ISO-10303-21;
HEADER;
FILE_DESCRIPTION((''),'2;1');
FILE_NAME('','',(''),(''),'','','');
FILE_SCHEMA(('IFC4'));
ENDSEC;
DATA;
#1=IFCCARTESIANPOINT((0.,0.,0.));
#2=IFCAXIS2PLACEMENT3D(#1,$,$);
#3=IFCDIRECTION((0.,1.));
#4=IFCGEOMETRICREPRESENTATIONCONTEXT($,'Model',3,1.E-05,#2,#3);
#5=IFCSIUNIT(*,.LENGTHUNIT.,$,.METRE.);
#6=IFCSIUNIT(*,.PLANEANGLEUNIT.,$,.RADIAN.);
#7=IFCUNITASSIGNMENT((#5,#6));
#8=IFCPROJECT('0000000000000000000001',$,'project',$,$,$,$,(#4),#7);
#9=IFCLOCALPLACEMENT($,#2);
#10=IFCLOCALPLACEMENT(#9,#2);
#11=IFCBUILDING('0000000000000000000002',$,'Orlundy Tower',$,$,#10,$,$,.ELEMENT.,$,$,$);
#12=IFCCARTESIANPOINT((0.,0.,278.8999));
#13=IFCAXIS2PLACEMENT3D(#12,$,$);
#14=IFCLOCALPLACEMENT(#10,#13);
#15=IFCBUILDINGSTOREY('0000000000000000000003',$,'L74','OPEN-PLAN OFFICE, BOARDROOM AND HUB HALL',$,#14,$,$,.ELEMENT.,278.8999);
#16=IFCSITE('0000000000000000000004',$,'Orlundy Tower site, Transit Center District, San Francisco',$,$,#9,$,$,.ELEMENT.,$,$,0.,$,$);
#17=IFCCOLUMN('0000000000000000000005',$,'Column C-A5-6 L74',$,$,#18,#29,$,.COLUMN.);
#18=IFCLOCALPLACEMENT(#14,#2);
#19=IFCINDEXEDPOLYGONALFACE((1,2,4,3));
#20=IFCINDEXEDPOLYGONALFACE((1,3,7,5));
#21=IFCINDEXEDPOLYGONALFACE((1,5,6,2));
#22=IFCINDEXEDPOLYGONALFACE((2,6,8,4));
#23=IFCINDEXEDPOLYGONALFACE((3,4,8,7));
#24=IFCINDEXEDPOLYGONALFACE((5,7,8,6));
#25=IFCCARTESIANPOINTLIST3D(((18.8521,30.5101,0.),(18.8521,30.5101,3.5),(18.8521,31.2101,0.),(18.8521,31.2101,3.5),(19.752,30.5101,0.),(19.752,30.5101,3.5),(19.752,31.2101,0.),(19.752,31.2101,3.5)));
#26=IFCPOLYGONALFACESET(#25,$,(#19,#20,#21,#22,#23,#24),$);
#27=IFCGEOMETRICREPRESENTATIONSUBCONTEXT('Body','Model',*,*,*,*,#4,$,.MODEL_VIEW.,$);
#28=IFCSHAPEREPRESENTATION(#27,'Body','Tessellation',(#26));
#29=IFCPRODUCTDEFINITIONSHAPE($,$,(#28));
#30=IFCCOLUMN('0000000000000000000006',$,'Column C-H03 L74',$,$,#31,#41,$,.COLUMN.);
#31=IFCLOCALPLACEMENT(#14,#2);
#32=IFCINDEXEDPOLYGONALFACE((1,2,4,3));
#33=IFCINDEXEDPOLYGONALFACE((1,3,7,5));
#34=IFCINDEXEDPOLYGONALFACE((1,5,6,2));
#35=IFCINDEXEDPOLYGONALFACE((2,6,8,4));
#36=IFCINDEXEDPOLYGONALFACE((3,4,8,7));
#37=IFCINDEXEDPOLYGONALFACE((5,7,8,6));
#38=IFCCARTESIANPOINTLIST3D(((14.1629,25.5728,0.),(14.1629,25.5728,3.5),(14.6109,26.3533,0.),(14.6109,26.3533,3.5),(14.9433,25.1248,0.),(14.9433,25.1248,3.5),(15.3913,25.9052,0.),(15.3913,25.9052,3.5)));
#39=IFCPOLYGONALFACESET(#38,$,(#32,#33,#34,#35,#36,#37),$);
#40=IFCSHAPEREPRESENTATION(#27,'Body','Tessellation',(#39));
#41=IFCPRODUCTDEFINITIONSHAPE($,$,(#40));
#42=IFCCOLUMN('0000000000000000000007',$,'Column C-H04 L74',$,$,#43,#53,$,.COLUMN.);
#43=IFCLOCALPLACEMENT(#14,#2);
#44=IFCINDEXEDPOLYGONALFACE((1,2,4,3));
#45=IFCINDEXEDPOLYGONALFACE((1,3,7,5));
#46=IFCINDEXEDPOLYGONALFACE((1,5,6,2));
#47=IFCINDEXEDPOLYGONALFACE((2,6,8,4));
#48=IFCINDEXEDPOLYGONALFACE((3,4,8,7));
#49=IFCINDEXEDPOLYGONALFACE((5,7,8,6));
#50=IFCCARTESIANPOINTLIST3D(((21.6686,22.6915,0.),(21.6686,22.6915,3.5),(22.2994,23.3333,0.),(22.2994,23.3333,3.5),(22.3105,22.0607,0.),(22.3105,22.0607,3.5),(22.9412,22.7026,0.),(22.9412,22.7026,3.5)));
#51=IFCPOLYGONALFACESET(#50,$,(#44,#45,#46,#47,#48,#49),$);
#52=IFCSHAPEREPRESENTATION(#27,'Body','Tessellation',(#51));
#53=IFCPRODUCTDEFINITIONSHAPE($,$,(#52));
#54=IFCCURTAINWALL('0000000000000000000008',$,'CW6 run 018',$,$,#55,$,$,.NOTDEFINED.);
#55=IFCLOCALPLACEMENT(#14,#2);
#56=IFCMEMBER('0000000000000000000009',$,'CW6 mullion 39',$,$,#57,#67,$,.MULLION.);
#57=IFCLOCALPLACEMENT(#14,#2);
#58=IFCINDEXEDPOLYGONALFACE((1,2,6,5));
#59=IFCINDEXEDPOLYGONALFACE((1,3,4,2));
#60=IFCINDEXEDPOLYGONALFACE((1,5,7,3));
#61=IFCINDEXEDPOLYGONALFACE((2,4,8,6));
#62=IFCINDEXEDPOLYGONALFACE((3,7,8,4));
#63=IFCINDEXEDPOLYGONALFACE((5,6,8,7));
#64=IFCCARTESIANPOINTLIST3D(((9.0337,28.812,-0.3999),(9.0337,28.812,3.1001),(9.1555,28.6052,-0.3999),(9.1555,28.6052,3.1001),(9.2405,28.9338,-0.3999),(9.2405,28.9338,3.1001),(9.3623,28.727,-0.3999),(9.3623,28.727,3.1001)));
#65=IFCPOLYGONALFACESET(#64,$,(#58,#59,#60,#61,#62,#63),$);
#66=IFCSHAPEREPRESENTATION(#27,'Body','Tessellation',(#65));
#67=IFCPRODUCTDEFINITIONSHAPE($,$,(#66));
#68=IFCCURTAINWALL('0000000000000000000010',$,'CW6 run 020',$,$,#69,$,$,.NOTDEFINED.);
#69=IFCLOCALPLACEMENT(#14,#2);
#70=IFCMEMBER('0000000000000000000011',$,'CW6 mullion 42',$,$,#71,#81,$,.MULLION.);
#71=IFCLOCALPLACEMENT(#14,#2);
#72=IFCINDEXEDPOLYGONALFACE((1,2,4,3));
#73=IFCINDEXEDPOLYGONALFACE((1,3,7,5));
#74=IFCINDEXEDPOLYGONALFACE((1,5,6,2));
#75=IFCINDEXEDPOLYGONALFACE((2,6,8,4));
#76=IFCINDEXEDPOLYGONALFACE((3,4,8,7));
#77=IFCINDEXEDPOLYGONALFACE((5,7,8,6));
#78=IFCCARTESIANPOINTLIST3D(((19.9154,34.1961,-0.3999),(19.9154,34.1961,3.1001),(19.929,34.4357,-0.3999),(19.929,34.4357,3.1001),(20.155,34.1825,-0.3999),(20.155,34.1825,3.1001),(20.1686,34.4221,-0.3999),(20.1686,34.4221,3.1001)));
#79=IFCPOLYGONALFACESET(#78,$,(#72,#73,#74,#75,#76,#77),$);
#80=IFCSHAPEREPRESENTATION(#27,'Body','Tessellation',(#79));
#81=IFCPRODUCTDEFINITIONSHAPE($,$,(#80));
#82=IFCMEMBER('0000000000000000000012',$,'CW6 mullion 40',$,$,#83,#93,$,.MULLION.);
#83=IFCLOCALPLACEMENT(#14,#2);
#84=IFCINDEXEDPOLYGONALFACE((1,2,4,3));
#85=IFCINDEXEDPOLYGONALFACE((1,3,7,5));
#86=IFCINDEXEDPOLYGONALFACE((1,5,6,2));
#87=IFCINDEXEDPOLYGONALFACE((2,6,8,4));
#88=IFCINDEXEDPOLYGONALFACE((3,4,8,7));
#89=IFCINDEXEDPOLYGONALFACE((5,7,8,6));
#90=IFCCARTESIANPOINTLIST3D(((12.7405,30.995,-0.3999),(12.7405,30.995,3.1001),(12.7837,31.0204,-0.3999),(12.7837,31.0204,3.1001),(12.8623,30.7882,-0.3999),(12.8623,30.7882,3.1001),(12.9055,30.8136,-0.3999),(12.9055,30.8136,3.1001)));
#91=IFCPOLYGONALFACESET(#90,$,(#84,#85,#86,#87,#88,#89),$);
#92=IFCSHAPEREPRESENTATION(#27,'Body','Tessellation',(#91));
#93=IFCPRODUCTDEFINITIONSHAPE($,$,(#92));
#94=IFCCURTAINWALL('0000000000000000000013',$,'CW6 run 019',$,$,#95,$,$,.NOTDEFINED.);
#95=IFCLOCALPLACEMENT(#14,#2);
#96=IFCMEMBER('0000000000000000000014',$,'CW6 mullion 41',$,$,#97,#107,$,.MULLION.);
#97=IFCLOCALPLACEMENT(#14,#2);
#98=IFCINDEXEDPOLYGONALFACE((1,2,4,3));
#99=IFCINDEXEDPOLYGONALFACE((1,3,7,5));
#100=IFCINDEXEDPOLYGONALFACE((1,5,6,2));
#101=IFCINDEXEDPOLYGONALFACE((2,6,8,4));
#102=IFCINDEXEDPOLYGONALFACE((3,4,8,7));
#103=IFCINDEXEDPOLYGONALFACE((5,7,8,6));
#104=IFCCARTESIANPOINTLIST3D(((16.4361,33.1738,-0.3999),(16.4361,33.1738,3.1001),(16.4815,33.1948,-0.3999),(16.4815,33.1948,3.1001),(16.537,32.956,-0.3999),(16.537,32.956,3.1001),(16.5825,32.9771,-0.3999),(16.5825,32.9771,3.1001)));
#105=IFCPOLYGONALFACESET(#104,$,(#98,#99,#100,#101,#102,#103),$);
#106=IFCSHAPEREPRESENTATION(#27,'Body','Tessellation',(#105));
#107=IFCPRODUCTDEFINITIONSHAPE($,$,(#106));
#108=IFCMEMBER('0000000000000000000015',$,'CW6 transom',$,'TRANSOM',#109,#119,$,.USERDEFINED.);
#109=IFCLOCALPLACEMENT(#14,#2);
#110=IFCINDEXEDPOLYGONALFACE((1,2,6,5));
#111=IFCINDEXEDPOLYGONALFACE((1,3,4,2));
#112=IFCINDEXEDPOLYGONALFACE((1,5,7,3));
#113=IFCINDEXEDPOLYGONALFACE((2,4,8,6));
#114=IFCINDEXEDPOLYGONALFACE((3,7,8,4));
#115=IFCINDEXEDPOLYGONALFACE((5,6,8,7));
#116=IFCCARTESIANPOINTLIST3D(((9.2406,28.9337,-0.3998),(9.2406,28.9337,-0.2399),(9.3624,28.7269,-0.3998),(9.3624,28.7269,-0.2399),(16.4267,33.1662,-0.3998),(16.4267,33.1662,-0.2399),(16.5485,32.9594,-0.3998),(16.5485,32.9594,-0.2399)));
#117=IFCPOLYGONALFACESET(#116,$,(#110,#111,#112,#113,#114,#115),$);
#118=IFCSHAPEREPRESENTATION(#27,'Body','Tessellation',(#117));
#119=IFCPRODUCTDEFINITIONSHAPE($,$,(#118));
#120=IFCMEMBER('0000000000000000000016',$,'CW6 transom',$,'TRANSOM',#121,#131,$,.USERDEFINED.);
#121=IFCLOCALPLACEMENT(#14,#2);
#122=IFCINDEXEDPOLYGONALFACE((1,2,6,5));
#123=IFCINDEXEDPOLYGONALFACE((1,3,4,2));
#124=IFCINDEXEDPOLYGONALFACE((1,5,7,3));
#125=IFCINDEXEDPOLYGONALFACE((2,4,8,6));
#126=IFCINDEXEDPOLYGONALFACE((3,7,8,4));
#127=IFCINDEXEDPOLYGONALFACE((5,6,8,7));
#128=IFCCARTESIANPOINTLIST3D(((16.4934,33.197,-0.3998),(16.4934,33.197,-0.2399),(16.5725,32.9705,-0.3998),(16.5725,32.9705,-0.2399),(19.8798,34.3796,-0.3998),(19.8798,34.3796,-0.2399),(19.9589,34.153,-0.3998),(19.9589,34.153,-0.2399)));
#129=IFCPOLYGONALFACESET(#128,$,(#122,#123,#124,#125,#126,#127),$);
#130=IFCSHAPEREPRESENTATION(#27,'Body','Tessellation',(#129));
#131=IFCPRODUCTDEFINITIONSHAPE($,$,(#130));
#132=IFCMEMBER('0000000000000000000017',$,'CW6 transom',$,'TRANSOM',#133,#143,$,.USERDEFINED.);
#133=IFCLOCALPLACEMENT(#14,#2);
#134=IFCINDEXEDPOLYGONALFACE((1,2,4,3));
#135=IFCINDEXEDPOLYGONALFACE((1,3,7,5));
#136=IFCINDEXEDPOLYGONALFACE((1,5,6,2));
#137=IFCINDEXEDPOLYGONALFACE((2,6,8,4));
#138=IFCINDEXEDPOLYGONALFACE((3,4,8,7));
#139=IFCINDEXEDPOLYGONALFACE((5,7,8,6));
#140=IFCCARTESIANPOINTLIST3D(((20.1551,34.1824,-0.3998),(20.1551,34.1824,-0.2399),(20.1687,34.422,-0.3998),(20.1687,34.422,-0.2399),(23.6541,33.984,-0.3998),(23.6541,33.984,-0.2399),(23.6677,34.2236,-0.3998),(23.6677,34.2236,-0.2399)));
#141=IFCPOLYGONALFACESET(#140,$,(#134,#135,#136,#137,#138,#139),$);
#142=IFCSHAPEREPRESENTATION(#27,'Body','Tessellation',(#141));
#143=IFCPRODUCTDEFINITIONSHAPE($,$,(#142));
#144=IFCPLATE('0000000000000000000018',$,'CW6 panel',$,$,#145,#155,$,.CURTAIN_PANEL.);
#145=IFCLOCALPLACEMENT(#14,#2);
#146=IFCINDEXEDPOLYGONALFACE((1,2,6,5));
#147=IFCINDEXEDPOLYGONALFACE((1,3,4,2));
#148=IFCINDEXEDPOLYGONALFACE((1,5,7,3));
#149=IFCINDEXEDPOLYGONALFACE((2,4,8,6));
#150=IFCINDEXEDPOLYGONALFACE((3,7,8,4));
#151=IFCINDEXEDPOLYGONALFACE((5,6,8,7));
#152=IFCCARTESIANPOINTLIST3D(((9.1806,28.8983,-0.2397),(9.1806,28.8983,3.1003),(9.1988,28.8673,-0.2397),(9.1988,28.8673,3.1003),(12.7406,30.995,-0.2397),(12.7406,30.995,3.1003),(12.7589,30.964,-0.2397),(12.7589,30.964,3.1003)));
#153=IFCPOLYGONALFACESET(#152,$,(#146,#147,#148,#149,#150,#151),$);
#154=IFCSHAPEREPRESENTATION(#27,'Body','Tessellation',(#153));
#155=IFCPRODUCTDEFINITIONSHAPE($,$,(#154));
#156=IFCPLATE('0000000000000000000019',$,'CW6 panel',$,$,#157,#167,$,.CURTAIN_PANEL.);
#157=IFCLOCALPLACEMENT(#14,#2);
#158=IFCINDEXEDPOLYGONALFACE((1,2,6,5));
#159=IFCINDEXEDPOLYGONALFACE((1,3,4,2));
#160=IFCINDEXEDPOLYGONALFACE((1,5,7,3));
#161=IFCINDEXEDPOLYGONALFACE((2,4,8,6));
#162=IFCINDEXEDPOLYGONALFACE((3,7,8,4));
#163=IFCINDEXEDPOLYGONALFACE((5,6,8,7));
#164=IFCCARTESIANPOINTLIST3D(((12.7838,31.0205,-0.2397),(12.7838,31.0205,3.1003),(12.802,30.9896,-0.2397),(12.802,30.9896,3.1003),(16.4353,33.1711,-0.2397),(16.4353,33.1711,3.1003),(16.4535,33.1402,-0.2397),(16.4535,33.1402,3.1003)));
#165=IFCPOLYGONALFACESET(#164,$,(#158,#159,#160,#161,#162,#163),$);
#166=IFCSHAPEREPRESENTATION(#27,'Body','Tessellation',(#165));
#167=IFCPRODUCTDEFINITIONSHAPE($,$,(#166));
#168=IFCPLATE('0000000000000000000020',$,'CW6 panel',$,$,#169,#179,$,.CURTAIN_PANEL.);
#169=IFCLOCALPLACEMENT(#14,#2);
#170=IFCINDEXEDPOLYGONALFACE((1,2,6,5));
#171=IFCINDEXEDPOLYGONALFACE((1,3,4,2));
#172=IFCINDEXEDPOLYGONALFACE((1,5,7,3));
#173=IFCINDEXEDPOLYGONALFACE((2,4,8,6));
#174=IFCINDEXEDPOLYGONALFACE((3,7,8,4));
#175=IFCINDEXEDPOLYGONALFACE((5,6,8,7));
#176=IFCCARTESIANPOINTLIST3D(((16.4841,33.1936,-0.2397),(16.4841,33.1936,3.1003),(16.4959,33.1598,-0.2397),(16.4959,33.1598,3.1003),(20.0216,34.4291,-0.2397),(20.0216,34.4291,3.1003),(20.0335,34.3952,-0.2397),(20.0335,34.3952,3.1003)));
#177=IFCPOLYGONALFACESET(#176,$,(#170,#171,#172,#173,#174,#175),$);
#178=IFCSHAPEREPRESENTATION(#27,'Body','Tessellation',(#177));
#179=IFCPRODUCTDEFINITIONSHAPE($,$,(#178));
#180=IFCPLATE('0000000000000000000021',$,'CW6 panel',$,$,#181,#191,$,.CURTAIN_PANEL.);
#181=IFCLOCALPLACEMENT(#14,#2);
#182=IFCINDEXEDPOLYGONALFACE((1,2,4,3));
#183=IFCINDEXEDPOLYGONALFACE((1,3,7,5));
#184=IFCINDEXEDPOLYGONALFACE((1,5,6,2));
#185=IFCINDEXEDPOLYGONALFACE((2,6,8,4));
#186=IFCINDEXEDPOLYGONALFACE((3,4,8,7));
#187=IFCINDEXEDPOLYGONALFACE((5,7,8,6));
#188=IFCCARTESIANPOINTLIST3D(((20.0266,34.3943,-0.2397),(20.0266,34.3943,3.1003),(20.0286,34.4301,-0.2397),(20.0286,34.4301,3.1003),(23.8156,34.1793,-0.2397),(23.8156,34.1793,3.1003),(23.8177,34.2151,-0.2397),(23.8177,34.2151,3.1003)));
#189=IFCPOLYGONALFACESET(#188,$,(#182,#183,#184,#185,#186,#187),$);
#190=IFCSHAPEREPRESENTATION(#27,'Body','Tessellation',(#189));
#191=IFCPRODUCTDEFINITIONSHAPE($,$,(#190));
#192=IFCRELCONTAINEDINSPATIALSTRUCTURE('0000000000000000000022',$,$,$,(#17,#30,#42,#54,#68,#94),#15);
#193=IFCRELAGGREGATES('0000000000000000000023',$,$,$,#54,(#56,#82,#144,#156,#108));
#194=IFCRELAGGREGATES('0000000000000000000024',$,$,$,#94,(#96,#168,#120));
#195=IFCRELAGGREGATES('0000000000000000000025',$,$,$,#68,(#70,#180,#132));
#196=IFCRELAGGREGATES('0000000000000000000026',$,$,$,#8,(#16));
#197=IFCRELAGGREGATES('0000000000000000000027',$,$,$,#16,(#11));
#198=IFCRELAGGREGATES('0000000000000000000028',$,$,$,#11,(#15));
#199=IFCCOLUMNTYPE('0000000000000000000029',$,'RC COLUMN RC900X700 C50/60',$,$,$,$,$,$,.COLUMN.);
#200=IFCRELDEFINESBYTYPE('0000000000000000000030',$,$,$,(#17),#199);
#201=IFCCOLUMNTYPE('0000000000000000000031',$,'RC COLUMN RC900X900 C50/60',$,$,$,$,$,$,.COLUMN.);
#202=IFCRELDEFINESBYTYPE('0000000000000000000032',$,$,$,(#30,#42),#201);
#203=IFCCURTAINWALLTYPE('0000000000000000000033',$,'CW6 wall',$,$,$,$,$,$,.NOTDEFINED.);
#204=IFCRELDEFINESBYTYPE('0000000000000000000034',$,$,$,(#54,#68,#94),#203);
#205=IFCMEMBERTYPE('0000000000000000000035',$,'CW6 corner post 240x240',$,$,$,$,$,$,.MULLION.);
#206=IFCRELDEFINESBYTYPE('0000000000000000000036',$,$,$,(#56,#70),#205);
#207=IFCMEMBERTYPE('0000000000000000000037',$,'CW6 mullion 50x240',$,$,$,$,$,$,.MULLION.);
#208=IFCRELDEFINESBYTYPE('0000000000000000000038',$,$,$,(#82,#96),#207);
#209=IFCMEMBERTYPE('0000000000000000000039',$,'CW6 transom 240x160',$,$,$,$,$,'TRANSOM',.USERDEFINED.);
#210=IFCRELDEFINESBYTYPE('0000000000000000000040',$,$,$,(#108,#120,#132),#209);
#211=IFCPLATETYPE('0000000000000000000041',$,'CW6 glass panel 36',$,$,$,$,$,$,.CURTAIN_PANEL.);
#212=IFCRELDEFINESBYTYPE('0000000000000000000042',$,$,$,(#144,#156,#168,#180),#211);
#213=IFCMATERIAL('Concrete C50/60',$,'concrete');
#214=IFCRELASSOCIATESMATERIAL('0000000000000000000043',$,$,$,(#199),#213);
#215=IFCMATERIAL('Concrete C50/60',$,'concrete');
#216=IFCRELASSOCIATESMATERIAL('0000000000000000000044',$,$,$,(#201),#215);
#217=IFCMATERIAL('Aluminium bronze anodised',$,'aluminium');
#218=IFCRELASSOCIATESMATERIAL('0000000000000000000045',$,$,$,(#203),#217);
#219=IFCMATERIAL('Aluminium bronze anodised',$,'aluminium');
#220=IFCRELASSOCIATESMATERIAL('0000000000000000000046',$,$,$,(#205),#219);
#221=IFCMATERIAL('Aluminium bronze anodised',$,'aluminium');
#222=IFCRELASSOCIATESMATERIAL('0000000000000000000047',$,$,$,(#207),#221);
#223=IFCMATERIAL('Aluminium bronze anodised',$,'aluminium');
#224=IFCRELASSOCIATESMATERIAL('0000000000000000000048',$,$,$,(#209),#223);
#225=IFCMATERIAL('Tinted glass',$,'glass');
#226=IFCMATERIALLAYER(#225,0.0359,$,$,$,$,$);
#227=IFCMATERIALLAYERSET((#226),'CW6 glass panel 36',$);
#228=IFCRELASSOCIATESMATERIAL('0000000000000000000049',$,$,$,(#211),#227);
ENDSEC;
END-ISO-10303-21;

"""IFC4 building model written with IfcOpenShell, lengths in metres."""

from ifc_helpers import new_model, si_unit, direction, frame, origin, origin_2d, place, context, subcontext, project, spatial, rectangle, extrude, material, layer, layer_set, material_profile, profile_set, type_object, element, aggregate, save


model = new_model("IFC4")

# Units and contexts
model_context = context("Model", 3, precision=1e-05, world=origin(), true_north=direction((0.0, 1.0)))
body_context = subcontext(model_context, "Body", "Model", "MODEL_VIEW")
ifc_project = project(units=[si_unit("LENGTHUNIT", "METRE"), si_unit("PLANEANGLEUNIT", "RADIAN")], contexts=[model_context])

# Site, building, storey
site_placement = place(None, origin())
site = spatial("IfcSite", under=ifc_project, at=site_placement, Name="Orlundy Tower site, Transit Center District, San Francisco", CompositionType="ELEMENT", RefElevation=0.0)
building_placement = place(site_placement, origin())
building = spatial("IfcBuilding", under=site, at=building_placement, Name="Orlundy Tower", CompositionType="ELEMENT")
storey_placement = place(building_placement, frame((0.0, 0.0, 278.8999)))
storey = spatial("IfcBuildingStorey", under=building, at=storey_placement, Name="L74", Description="OPEN-PLAN OFFICE, BOARDROOM AND HUB HALL", CompositionType="ELEMENT", Elevation=278.8999)

# Columns
ifc_material_1 = material(Name="Concrete C50/60", Category="concrete")
ifc_material_profile_1 = material_profile(ifc_material_1, rectangle(XDim=0.8999, YDim=0.7, at=origin_2d()), Name="RC900X700")
ifc_profile_set_1 = profile_set([ifc_material_profile_1], Name="Concrete C50/60")
column_type_1 = type_object("IfcColumnType", Name="RC COLUMN RC900X700 C50/60", PredefinedType="COLUMN", material=ifc_profile_set_1)
column_placement = place(storey_placement, frame((19.302, 30.8601, 0.0), z_axis=(0.0, 0.0, 1.0), x_axis=(1.0, 0.0, 0.0)))
element("IfcColumn", 1, at=column_placement, inside=storey, type_object=column_type_1, Name="Column C-A5-6 L74", PredefinedType="COLUMN", context=body_context, shape_type="SweptSolid", body=[
    extrude(rectangle(XDim=0.8999, YDim=0.7, at=origin_2d()), origin(), (0.0, 0.0, 1.0), 3.5),
])
ifc_material_2 = material(Name="Concrete C50/60", Category="concrete")
ifc_material_profile_2 = material_profile(ifc_material_2, rectangle(XDim=0.8999, YDim=0.8999, at=origin_2d()), Name="RC900X900")
ifc_profile_set_2 = profile_set([ifc_material_profile_2], Name="Concrete C50/60")
column_type_2 = type_object("IfcColumnType", Name="RC COLUMN RC900X900 C50/60", PredefinedType="COLUMN", material=ifc_profile_set_2)
for number, where, z_axis, x_axis, name in (
    (2, (14.7771, 25.739, 0.0), (0.0, 0.0, 1.0), (0.497898, 0.867236, 0.0), "Column C-H03 L74"),
    (3, (22.3049, 22.697, 0.0), (0.0, 0.0, 1.0), (0.700922, 0.713238, 0.0), "Column C-H04 L74"),
):
    element("IfcColumn", number, at=place(storey_placement, frame(where, z_axis=z_axis, x_axis=x_axis)), inside=storey, type_object=column_type_2, Name=name, PredefinedType="COLUMN", context=body_context, shape_type="SweptSolid", body=[
        extrude(rectangle(XDim=0.8999, YDim=0.8999, at=origin_2d()), origin(), (0.0, 0.0, 1.0), 3.5),
    ])

# Curtain walls, members
ifc_material_3 = material(Name="Aluminium bronze anodised", Category="aluminium")
curtain_wall_type = type_object("IfcCurtainWallType", Name="CW6 wall", PredefinedType="NOTDEFINED", material=ifc_material_3)
curtain_wall_1_placement = place(storey_placement, origin())
curtain_wall_1 = element("IfcCurtainWall", 4, at=curtain_wall_1_placement, inside=storey, type_object=curtain_wall_type, Name="CW6 run 018", PredefinedType="NOTDEFINED")
ifc_material_4 = material(Name="Aluminium bronze anodised", Category="aluminium")
ifc_material_profile_3 = material_profile(ifc_material_4, rectangle(XDim=0.24, YDim=0.24, at=origin_2d()), Name="CW6 corner post 240x240")
ifc_profile_set_3 = profile_set([ifc_material_profile_3], Name="Aluminium bronze anodised")
member_type_1 = type_object("IfcMemberType", Name="CW6 corner post 240x240", PredefinedType="MULLION", material=ifc_profile_set_3)
member_1_placement = place(storey_placement, frame((9.198, 28.7695, -0.3999), z_axis=(0.0, 0.0, 1.0), x_axis=(-0.507481, 0.861663, 0.0)))
member_1 = element("IfcMember", 5, at=member_1_placement, type_object=member_type_1, Name="CW6 mullion 39", PredefinedType="MULLION", context=body_context, shape_type="SweptSolid", body=[
    extrude(rectangle(XDim=0.24, YDim=0.24, at=origin_2d()), origin(), (0.0, 0.0, 1.0), 3.5),
])
curtain_wall_2_placement = place(storey_placement, origin())
curtain_wall_2 = element("IfcCurtainWall", 6, at=curtain_wall_2_placement, inside=storey, type_object=curtain_wall_type, Name="CW6 run 020", PredefinedType="NOTDEFINED")
member_2_placement = place(storey_placement, frame((20.042, 34.3091, -0.3999), z_axis=(0.0, 0.0, 1.0), x_axis=(0.05665, 0.998394, 0.0)))
member_2 = element("IfcMember", 7, at=member_2_placement, type_object=member_type_1, Name="CW6 mullion 42", PredefinedType="MULLION", context=body_context, shape_type="SweptSolid", body=[
    extrude(rectangle(XDim=0.24, YDim=0.24, at=origin_2d()), origin(), (0.0, 0.0, 1.0), 3.5),
])

# Member
ifc_material_5 = material(Name="Aluminium bronze anodised", Category="aluminium")
ifc_material_profile_4 = material_profile(ifc_material_5, rectangle(XDim=0.24, YDim=0.05, at=origin_2d()), Name="CW6 mullion 50x240")
ifc_profile_set_4 = profile_set([ifc_material_profile_4], Name="Aluminium bronze anodised")
member_type_2 = type_object("IfcMemberType", Name="CW6 mullion 50x240", PredefinedType="MULLION", material=ifc_profile_set_4)
member_3_placement = place(storey_placement, frame((12.823, 30.9043, -0.3999), z_axis=(0.0, 0.0, 1.0), x_axis=(-0.507481, 0.861663, 0.0)))
member_3 = element("IfcMember", 8, at=member_3_placement, type_object=member_type_2, Name="CW6 mullion 40", PredefinedType="MULLION", context=body_context, shape_type="SweptSolid", body=[
    extrude(rectangle(XDim=0.24, YDim=0.05, at=origin_2d()), origin(), (0.0, 0.0, 1.0), 3.5),
])

# Curtain wall, member
curtain_wall_3_placement = place(storey_placement, origin())
curtain_wall_3 = element("IfcCurtainWall", 9, at=curtain_wall_3_placement, inside=storey, type_object=curtain_wall_type, Name="CW6 run 019", PredefinedType="NOTDEFINED")
member_4_placement = place(storey_placement, frame((16.5093, 33.0754, -0.3999), z_axis=(0.0, 0.0, 1.0), x_axis=(-0.420621, 0.907237, 0.0)))
member_4 = element("IfcMember", 10, at=member_4_placement, type_object=member_type_2, Name="CW6 mullion 41", PredefinedType="MULLION", context=body_context, shape_type="SweptSolid", body=[
    extrude(rectangle(XDim=0.24, YDim=0.05, at=origin_2d()), origin(), (0.0, 0.0, 1.0), 3.5),
])

# Members
ifc_material_6 = material(Name="Aluminium bronze anodised", Category="aluminium")
ifc_material_profile_5 = material_profile(ifc_material_6, rectangle(XDim=0.24, YDim=0.1599, at=origin_2d()), Name="CW6 transom 240x160")
ifc_profile_set_5 = profile_set([ifc_material_profile_5], Name="Aluminium bronze anodised")
member_type_3 = type_object("IfcMemberType", Name="CW6 transom 240x160", ElementType="TRANSOM", PredefinedType="USERDEFINED", material=ifc_profile_set_5)
member_5_placement = place(storey_placement, frame((9.3015, 28.8303, -0.3198), z_axis=(0.861654, 0.507496, 0.0), x_axis=(-0.507496, 0.861654, 0.0)))
member_5 = element("IfcMember", 11, at=member_5_placement, type_object=member_type_3, Name="CW6 transom", ObjectType="TRANSOM", PredefinedType="USERDEFINED", context=body_context, shape_type="SweptSolid", body=[
    extrude(rectangle(XDim=0.24, YDim=0.1599, at=origin_2d()), origin(), (0.0, 0.0, 1.0), 8.3398),
])
member_6_placement = place(storey_placement, frame((16.533, 33.0837, -0.3198), z_axis=(0.944088, 0.329692, 0.0), x_axis=(-0.329692, 0.944088, 0.0)))
member_6 = element("IfcMember", 12, at=member_6_placement, type_object=member_type_3, Name="CW6 transom", ObjectType="TRANSOM", PredefinedType="USERDEFINED", context=body_context, shape_type="SweptSolid", body=[
    extrude(rectangle(XDim=0.24, YDim=0.1599, at=origin_2d()), origin(), (0.0, 0.0, 1.0), 3.5869),
])
member_7_placement = place(storey_placement, frame((20.1619, 34.3022, -0.3198), z_axis=(0.998395, -0.056635, 0.0), x_axis=(0.056635, 0.998395, 0.0)))
member_7 = element("IfcMember", 13, at=member_7_placement, type_object=member_type_3, Name="CW6 transom", ObjectType="TRANSOM", PredefinedType="USERDEFINED", context=body_context, shape_type="SweptSolid", body=[
    extrude(rectangle(XDim=0.24, YDim=0.1599, at=origin_2d()), origin(), (0.0, 0.0, 1.0), 3.5046),
])

# Plates
ifc_material_7 = material(Name="Tinted glass", Category="glass")
ifc_layer_1 = layer(ifc_material_7, 0.0359)
ifc_layer_set_1 = layer_set([ifc_layer_1], Name="CW6 glass panel 36")
plate_type = type_object("IfcPlateType", Name="CW6 glass panel 36", PredefinedType="CURTAIN_PANEL", material=ifc_layer_set_1)
plate_1_placement = place(storey_placement, frame((10.9697, 29.9312, -0.2397), z_axis=(0.0, 0.0, 1.0), x_axis=(0.861663, 0.507481, 0.0)))
plate_1 = element("IfcPlate", 14, at=plate_1_placement, type_object=plate_type, Name="CW6 panel", PredefinedType="CURTAIN_PANEL", context=body_context, shape_type="SweptSolid", body=[
    extrude(rectangle(XDim=4.1316, YDim=0.0359, at=origin_2d()), origin(), (0.0, 0.0, 1.0), 3.3401),
])
plate_2_placement = place(storey_placement, frame((14.6187, 32.0803, -0.2397), z_axis=(0.0, 0.0, 1.0), x_axis=(0.861663, 0.507481, 0.0)))
plate_2 = element("IfcPlate", 15, at=plate_2_placement, type_object=plate_type, Name="CW6 panel", PredefinedType="CURTAIN_PANEL", context=body_context, shape_type="SweptSolid", body=[
    extrude(rectangle(XDim=4.2378, YDim=0.0359, at=origin_2d()), origin(), (0.0, 0.0, 1.0), 3.3401),
])
aggregate(curtain_wall_1, [member_1, member_3, plate_1, plate_2, member_5])
plate_3_placement = place(storey_placement, frame((18.2588, 33.7944, -0.2397), z_axis=(0.0, 0.0, 1.0), x_axis=(0.944081, 0.329713, 0.0)))
plate_3 = element("IfcPlate", 16, at=plate_3_placement, type_object=plate_type, Name="CW6 panel", PredefinedType="CURTAIN_PANEL", context=body_context, shape_type="SweptSolid", body=[
    extrude(rectangle(XDim=3.7471, YDim=0.0359, at=origin_2d()), origin(), (0.0, 0.0, 1.0), 3.3401),
])
aggregate(curtain_wall_3, [member_4, plate_3, member_6])
plate_4_placement = place(storey_placement, frame((21.9221, 34.3047, -0.2397), z_axis=(0.0, 0.0, 1.0), x_axis=(0.998394, -0.05665, 0.0)))
plate_4 = element("IfcPlate", 17, at=plate_4_placement, type_object=plate_type, Name="CW6 panel", PredefinedType="CURTAIN_PANEL", context=body_context, shape_type="SweptSolid", body=[
    extrude(rectangle(XDim=3.7952, YDim=0.0359, at=origin_2d()), origin(), (0.0, 0.0, 1.0), 3.3401),
])
aggregate(curtain_wall_2, [member_2, plate_4, member_7])

save(model, "model.ifc")
